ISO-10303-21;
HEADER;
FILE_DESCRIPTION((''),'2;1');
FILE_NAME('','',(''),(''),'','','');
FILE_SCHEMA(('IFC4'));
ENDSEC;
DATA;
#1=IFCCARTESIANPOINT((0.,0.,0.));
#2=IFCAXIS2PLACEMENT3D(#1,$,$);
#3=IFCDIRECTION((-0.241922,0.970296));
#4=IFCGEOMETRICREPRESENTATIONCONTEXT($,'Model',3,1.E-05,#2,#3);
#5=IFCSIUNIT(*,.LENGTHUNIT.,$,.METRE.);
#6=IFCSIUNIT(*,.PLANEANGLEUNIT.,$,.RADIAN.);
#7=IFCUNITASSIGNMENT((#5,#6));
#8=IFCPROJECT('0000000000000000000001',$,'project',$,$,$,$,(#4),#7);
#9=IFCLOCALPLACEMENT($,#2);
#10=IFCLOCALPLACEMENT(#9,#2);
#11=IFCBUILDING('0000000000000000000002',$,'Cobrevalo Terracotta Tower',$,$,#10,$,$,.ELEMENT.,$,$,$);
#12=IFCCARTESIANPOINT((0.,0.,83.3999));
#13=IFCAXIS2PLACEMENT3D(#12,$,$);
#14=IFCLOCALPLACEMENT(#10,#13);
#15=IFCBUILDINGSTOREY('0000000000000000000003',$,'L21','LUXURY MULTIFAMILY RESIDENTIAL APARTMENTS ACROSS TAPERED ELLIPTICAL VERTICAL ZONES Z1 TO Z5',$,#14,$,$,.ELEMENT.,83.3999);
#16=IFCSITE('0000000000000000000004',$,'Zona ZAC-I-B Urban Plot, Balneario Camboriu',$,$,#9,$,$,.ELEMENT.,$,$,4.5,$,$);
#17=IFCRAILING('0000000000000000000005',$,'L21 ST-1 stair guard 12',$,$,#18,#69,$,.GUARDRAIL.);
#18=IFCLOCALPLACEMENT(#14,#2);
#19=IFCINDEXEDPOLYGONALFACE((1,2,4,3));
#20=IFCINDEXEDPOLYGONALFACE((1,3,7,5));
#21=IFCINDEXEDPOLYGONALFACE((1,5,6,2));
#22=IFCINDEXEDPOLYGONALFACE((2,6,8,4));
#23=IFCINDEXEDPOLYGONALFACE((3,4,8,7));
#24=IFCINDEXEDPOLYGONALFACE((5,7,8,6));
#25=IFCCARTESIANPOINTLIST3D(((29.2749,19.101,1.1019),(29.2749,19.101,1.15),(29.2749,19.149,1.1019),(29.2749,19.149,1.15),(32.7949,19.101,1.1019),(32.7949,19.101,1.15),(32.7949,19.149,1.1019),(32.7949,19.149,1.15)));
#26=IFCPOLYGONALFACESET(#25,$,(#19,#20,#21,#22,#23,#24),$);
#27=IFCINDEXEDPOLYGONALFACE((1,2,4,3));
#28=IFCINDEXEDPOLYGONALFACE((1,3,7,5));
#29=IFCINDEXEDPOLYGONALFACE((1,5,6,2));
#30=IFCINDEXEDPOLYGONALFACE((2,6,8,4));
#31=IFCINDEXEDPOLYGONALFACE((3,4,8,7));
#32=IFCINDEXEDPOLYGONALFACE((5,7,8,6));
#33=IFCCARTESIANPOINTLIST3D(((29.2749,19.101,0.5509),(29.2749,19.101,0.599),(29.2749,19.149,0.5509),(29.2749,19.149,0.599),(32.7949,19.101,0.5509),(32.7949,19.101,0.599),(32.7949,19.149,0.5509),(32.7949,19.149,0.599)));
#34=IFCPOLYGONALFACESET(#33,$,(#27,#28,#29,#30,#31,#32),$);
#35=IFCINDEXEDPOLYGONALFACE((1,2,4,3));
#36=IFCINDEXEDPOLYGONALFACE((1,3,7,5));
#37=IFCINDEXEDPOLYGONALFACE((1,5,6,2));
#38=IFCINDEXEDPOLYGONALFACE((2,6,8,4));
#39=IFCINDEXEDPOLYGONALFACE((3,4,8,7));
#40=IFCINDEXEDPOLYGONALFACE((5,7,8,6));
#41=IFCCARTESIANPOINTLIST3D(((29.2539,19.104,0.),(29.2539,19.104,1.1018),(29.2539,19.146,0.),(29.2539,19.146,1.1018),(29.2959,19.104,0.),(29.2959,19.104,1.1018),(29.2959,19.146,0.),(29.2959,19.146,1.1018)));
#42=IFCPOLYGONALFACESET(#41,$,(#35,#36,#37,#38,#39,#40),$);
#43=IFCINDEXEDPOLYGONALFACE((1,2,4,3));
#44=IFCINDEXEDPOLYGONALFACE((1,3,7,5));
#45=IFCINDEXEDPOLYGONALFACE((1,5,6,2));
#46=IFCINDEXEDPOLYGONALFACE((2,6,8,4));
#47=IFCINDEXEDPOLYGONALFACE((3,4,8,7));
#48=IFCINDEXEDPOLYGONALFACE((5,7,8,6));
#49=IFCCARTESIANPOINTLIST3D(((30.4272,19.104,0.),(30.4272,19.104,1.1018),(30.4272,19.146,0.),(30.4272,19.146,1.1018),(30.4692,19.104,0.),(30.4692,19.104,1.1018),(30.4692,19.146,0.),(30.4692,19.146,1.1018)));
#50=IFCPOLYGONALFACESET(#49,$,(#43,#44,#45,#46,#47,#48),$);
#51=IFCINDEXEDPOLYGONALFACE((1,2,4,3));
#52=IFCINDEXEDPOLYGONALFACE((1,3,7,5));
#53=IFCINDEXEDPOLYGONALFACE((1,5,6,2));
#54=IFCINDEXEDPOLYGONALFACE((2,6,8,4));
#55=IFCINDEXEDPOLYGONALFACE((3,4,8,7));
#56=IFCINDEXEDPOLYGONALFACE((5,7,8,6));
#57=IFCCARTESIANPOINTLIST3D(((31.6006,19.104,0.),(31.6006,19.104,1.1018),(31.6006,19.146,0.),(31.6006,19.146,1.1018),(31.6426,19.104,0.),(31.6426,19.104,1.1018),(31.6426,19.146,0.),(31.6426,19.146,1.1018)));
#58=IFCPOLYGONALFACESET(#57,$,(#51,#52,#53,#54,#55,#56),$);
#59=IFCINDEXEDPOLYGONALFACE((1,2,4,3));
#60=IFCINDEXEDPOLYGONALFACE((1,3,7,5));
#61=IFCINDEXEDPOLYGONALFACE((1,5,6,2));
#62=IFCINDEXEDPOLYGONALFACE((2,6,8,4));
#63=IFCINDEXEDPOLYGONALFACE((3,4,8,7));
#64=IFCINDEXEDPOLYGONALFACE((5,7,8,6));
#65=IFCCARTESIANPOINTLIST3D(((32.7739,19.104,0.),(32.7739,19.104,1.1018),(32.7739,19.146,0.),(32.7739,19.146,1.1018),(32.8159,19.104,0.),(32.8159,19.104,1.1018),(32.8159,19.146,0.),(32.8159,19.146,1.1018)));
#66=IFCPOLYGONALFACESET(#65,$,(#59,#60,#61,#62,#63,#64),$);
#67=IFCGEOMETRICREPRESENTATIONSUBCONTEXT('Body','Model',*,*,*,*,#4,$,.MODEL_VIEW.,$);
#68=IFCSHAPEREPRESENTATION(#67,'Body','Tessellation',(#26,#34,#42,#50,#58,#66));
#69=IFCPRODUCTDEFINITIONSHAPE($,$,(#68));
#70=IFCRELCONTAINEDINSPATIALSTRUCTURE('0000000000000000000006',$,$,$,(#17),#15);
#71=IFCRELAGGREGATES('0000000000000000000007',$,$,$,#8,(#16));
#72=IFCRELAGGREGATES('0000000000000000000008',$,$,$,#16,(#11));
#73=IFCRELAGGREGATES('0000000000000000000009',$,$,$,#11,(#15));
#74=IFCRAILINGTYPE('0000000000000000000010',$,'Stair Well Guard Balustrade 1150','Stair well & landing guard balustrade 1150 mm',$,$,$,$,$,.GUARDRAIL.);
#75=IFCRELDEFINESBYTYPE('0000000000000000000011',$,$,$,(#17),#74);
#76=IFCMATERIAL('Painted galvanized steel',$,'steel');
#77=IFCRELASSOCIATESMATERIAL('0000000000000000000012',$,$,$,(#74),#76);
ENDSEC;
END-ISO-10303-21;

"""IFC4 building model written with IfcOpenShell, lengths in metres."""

from ifc_helpers import new_model, si_unit, direction, frame, origin, origin_2d, place, context, subcontext, project, spatial, rectangle, extrude, material, type_object, element, save


model = new_model("IFC4")

# Units and contexts
model_context = context("Model", 3, precision=1e-05, world=origin(), true_north=direction((-0.241922, 0.970296)))
body_context = subcontext(model_context, "Body", "Model", "MODEL_VIEW")
ifc_project = project(units=[si_unit("LENGTHUNIT", "METRE"), si_unit("PLANEANGLEUNIT", "RADIAN")], contexts=[model_context])

# Site, building, storey
site_placement = place(None, origin())
site = spatial("IfcSite", under=ifc_project, at=site_placement, Name="Zona ZAC-I-B Urban Plot, Balneario Camboriu", CompositionType="ELEMENT", RefElevation=4.5)
building_placement = place(site_placement, origin())
building = spatial("IfcBuilding", under=site, at=building_placement, Name="Cobrevalo Terracotta Tower", CompositionType="ELEMENT")
storey_placement = place(building_placement, frame((0.0, 0.0, 83.3999)))
storey = spatial("IfcBuildingStorey", under=building, at=storey_placement, Name="L21", Description="LUXURY MULTIFAMILY RESIDENTIAL APARTMENTS ACROSS TAPERED ELLIPTICAL VERTICAL ZONES Z1 TO Z5", CompositionType="ELEMENT", Elevation=83.3999)

# Railing
ifc_material_1 = material(Name="Painted galvanized steel", Category="steel")
railing_type_1 = type_object("IfcRailingType", Name="Stair Well Guard Balustrade 1150", Description="Stair well & landing guard balustrade 1150 mm", PredefinedType="GUARDRAIL", material=ifc_material_1)
railing_1_placement = place(storey_placement, frame((29.2749, 19.125, 0.0)))
element("IfcRailing", 1, at=railing_1_placement, inside=storey, type_object=railing_type_1, Name="L21 ST-1 stair guard 12", PredefinedType="GUARDRAIL", context=body_context, shape_type="SweptSolid", body=[
    extrude(rectangle(XDim=0.0481, YDim=0.0481, at=origin_2d()), frame((0.0, 0.0, 1.126), z_axis=(1.0, 0.0, 0.0), x_axis=(0.0, 1.0, 0.0)), (0.0, 0.0, 1.0), 3.52),
    extrude(rectangle(XDim=0.0481, YDim=0.0481, at=origin_2d()), frame((0.0, 0.0, 0.575), z_axis=(1.0, 0.0, 0.0), x_axis=(0.0, 1.0, 0.0)), (0.0, 0.0, 1.0), 3.52),
    extrude(rectangle(XDim=0.042, YDim=0.042, at=origin_2d()), origin(), (0.0, 0.0, 1.0), 1.1018),
    extrude(rectangle(XDim=0.042, YDim=0.042, at=origin_2d()), frame((1.1733, 0.0, 0.0)), (0.0, 0.0, 1.0), 1.1018),
    extrude(rectangle(XDim=0.042, YDim=0.042, at=origin_2d()), frame((2.3467, 0.0, 0.0)), (0.0, 0.0, 1.0), 1.1018),
    extrude(rectangle(XDim=0.042, YDim=0.042, at=origin_2d()), frame((3.52, 0.0, 0.0)), (0.0, 0.0, 1.0), 1.1018),
])

save(model, "model.ifc")
